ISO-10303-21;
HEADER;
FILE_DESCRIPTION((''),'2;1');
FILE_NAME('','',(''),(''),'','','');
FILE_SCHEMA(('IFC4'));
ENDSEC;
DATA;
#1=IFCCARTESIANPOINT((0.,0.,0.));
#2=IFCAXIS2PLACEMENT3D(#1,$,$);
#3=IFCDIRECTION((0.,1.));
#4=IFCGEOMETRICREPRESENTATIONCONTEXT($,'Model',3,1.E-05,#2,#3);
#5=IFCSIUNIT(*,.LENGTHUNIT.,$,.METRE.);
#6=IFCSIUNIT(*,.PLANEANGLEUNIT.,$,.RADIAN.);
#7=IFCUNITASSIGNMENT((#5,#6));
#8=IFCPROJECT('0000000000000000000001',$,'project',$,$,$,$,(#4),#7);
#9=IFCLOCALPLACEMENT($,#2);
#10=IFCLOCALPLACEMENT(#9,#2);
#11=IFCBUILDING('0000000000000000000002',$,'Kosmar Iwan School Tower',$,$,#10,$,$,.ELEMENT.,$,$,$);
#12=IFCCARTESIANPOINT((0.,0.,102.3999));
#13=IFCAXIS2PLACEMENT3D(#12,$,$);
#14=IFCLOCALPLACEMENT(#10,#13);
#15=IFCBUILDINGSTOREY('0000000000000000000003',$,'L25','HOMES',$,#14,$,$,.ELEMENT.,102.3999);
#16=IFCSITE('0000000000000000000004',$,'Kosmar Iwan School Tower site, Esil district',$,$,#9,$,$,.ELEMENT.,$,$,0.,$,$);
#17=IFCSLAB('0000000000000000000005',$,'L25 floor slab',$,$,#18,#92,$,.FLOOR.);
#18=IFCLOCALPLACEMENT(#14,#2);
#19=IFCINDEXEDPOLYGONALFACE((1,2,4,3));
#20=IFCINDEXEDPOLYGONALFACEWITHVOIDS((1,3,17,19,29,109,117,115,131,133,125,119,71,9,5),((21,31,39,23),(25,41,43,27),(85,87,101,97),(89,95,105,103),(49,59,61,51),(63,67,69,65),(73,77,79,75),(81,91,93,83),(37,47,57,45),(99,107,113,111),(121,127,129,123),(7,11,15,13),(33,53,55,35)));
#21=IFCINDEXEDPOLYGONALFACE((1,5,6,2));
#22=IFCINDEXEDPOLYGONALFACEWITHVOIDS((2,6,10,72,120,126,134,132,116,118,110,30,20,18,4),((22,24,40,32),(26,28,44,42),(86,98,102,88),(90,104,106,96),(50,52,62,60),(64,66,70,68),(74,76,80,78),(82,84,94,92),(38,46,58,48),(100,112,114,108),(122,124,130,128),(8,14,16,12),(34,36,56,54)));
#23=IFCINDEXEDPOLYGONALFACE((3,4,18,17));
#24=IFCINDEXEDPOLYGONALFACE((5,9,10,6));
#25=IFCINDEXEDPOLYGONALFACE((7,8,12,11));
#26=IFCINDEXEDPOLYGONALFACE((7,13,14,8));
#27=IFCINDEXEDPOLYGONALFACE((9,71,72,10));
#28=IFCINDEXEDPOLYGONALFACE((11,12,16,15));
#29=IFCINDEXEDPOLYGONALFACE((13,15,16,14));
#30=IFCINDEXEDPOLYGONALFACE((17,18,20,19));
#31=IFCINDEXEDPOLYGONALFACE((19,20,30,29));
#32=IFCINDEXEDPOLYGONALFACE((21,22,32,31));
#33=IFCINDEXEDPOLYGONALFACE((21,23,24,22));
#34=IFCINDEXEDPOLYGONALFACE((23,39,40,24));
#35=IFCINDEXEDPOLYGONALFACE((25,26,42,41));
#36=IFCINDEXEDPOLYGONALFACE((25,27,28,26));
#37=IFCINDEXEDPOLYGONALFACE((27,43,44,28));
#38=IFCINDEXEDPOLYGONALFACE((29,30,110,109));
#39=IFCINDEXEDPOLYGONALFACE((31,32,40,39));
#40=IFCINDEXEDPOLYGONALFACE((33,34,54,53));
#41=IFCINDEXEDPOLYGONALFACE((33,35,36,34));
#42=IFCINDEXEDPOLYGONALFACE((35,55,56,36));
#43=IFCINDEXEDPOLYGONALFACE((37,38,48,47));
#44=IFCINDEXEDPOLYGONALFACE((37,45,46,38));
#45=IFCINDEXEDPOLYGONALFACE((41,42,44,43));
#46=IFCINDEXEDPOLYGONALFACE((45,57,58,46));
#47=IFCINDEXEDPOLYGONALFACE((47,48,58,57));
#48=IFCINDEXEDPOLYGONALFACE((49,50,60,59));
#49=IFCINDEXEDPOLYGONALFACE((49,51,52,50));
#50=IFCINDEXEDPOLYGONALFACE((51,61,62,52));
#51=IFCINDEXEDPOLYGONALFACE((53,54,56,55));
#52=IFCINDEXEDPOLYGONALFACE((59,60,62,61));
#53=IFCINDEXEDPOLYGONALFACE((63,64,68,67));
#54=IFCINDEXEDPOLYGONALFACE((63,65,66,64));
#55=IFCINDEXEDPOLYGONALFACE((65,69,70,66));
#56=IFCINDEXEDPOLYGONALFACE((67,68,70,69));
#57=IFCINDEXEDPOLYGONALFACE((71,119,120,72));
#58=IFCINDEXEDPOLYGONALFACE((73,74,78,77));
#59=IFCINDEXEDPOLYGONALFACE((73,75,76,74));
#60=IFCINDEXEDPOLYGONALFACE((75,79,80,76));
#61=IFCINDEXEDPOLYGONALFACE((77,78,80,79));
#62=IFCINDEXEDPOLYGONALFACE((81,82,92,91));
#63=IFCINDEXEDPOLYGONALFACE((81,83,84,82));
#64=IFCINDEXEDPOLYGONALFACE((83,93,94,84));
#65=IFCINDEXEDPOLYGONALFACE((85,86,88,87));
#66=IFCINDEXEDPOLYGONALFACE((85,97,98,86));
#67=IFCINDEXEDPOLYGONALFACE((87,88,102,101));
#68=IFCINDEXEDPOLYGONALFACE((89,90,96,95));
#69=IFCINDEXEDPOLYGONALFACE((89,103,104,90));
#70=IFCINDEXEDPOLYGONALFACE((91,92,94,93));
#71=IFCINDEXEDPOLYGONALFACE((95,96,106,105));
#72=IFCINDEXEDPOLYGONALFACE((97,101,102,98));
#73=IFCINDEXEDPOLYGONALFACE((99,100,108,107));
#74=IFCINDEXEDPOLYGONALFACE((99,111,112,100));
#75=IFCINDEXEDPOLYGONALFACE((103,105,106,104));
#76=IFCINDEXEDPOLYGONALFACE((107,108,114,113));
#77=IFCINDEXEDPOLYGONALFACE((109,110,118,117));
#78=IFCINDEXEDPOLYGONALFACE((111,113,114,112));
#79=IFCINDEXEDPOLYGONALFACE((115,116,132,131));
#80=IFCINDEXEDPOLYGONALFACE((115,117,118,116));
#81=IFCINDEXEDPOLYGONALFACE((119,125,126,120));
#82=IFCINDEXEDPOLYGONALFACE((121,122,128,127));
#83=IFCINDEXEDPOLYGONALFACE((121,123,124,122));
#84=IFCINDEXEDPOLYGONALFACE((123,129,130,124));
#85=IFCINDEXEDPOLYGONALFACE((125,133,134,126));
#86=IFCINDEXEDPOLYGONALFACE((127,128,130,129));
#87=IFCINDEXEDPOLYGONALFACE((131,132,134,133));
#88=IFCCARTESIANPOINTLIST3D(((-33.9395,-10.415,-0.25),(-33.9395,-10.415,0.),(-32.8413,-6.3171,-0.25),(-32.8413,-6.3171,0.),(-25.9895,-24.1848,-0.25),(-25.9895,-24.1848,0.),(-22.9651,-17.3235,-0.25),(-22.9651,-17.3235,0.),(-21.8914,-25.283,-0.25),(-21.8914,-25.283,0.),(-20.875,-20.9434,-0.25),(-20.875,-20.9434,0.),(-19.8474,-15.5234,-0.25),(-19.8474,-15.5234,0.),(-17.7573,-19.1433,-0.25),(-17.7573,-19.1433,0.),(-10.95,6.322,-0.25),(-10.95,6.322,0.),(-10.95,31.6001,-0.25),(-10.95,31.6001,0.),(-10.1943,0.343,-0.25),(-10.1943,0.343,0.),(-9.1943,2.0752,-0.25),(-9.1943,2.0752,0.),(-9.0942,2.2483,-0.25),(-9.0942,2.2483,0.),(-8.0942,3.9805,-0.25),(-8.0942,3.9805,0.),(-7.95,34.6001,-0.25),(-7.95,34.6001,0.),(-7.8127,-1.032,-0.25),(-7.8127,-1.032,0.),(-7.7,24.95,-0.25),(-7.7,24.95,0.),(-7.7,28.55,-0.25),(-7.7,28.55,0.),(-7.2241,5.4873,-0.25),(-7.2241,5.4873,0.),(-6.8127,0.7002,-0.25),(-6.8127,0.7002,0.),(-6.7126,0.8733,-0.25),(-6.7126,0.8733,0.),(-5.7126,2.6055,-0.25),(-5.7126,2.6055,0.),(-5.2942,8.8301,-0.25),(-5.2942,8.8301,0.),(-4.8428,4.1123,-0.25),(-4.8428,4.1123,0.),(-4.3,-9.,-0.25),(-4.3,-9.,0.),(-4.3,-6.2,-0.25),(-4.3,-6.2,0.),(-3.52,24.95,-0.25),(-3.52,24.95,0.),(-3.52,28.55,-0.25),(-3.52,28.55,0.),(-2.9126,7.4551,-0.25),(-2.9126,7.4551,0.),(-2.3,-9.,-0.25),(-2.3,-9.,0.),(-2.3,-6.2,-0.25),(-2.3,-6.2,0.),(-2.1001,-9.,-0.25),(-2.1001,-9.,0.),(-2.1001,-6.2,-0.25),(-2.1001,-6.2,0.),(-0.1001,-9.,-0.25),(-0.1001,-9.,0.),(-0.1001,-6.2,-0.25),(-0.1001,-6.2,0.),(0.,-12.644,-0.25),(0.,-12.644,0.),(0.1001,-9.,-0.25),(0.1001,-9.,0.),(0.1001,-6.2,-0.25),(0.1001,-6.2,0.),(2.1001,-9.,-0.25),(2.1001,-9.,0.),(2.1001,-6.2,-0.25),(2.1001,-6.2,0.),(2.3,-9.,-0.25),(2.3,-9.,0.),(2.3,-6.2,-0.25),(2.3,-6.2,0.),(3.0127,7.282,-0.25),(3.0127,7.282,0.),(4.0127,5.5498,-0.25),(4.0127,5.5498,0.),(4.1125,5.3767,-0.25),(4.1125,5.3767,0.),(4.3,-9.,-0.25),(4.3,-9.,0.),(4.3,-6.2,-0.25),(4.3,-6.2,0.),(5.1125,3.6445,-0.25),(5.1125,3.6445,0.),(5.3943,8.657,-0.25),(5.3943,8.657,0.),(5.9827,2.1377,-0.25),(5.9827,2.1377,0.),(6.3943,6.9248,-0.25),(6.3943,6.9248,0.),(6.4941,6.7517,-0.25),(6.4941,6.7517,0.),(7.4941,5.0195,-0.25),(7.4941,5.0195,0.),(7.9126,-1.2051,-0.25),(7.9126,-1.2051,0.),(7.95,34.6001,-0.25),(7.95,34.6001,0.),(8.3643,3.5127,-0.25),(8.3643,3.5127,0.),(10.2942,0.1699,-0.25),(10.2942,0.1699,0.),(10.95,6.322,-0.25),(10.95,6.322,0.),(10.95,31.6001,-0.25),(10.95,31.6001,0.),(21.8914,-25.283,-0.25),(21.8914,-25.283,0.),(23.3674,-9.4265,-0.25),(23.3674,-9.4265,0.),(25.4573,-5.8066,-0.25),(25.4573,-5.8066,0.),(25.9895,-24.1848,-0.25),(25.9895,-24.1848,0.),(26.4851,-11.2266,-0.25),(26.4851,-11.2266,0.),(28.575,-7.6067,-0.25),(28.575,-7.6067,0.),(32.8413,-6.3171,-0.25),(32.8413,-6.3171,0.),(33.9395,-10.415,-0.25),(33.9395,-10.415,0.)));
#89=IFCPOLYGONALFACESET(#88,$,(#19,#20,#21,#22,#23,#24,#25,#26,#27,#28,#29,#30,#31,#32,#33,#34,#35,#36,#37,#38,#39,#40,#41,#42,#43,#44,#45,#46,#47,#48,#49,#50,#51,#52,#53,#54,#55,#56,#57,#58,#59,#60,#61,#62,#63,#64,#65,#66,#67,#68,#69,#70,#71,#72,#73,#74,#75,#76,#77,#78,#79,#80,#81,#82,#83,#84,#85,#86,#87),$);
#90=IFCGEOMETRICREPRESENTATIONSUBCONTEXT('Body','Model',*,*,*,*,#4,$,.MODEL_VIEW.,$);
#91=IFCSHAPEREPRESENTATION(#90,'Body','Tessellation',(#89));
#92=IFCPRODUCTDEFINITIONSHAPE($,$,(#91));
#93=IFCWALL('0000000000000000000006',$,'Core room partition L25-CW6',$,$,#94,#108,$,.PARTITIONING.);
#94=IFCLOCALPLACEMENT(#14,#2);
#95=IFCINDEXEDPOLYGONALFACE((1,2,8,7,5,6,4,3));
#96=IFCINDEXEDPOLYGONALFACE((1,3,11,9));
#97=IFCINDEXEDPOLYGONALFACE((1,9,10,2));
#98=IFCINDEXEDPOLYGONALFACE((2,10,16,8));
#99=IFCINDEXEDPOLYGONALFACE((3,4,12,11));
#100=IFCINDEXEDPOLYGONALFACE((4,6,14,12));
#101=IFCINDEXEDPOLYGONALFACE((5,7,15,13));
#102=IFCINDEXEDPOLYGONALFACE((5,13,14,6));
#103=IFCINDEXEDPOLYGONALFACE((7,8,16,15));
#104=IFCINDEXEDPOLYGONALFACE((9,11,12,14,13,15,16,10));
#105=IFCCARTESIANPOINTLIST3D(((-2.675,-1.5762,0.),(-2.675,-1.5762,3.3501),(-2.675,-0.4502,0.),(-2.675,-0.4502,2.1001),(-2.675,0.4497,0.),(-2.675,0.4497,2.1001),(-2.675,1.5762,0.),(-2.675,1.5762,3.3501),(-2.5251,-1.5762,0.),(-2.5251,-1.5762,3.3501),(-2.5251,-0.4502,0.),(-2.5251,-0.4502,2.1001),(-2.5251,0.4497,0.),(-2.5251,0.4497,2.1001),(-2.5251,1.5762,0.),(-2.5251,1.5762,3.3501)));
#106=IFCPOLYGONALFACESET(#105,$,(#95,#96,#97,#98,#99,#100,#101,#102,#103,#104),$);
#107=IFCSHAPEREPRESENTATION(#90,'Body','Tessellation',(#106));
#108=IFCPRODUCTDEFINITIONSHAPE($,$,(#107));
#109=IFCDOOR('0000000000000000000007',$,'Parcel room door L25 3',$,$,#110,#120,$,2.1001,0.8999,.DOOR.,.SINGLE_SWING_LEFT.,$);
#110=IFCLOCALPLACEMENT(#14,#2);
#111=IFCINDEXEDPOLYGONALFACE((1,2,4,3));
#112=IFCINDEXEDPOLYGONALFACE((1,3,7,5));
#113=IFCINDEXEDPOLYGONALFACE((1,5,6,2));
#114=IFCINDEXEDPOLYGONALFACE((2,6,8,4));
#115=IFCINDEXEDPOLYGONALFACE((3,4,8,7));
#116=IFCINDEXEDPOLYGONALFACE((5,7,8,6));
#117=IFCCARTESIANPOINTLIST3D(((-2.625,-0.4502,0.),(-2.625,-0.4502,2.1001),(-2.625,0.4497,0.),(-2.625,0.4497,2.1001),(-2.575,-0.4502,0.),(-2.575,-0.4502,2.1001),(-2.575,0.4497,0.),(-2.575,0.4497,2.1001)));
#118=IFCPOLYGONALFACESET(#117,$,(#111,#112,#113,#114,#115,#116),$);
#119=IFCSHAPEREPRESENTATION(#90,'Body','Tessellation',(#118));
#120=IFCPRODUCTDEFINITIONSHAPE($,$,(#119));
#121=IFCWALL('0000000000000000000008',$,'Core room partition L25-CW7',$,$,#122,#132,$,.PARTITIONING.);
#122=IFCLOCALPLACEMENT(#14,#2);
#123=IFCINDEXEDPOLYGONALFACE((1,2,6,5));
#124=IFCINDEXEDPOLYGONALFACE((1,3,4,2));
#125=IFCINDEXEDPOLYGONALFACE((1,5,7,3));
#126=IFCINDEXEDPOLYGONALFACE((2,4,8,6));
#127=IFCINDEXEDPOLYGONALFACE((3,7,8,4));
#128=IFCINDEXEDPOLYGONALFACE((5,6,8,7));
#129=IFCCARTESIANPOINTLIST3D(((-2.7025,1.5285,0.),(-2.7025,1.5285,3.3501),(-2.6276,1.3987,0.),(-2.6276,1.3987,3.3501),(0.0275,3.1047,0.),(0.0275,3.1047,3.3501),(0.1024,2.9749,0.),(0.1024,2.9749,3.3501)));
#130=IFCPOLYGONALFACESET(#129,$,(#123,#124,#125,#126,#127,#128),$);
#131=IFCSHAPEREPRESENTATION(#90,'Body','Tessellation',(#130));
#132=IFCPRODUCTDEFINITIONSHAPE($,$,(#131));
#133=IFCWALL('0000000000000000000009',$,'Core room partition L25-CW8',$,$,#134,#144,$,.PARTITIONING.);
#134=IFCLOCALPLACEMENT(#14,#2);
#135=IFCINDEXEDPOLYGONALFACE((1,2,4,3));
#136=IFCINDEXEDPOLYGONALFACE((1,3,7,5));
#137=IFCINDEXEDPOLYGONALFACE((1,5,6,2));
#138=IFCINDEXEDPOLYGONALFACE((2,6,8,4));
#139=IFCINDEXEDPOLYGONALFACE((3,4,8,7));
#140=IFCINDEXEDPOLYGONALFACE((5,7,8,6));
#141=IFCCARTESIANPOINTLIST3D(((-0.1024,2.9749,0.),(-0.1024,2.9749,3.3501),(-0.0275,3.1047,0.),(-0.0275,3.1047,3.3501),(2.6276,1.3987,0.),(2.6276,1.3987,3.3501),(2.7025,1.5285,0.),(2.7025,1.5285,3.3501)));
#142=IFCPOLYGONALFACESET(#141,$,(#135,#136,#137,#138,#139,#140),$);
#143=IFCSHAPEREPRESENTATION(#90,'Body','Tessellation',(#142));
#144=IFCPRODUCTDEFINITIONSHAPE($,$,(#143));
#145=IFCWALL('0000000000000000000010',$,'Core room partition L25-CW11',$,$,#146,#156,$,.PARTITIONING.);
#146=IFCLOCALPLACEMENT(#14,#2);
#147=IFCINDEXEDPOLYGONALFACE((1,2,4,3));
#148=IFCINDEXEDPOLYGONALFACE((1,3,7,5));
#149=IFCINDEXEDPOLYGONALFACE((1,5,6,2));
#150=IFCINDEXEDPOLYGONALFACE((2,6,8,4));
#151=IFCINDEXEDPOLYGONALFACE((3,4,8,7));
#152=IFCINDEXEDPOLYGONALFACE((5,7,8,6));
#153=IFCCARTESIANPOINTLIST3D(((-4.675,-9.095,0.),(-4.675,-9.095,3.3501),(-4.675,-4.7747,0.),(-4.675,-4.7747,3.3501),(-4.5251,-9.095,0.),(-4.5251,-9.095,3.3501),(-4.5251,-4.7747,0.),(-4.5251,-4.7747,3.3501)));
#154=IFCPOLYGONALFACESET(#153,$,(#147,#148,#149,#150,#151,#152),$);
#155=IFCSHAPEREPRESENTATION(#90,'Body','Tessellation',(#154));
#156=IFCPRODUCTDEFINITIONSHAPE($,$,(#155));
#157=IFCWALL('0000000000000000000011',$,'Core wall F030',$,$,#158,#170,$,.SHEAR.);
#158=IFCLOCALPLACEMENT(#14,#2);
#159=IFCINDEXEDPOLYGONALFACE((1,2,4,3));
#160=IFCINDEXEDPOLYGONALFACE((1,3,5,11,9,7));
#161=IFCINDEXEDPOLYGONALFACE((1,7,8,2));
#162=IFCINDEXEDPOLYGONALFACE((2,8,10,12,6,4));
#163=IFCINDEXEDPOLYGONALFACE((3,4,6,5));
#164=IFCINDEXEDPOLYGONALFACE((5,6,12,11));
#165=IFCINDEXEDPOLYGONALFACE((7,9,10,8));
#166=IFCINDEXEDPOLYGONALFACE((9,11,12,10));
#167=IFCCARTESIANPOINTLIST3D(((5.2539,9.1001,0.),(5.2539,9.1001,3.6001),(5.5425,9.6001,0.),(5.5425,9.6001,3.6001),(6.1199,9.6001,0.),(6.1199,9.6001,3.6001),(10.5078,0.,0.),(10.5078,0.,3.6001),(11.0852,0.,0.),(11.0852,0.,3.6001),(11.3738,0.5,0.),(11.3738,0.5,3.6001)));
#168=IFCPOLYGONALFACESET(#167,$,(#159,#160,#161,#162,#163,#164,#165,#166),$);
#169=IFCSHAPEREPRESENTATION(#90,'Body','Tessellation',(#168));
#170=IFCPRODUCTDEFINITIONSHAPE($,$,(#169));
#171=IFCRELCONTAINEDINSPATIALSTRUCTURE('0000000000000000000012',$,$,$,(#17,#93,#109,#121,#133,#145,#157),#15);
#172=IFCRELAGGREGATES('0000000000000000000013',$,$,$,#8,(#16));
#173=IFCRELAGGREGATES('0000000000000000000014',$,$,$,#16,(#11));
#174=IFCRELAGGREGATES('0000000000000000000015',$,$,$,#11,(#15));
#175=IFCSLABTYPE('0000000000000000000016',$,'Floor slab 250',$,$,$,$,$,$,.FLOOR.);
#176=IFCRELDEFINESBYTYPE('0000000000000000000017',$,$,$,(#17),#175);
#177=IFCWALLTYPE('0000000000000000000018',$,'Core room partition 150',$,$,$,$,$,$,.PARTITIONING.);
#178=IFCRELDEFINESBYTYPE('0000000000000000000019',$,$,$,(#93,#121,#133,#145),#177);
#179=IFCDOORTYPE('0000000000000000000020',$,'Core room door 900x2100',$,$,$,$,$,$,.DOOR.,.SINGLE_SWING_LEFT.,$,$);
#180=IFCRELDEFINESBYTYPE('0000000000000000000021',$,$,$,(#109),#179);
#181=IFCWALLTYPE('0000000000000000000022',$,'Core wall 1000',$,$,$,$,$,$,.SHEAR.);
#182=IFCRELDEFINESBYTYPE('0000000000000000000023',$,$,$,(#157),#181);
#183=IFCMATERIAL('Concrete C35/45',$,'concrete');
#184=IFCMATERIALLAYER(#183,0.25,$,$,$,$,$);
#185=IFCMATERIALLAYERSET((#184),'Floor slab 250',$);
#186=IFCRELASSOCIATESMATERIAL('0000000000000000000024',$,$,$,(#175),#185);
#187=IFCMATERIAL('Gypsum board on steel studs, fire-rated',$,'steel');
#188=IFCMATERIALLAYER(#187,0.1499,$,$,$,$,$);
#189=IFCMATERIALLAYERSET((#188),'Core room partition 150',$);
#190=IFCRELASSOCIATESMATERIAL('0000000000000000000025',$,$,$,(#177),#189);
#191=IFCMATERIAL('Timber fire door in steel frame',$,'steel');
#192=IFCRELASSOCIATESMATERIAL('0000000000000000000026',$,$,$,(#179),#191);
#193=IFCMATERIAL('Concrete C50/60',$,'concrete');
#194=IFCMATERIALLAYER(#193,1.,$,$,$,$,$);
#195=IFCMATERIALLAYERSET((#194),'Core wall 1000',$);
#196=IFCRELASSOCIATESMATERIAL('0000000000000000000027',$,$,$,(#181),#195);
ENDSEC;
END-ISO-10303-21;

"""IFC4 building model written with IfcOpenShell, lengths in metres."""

from ifc_helpers import new_model, si_unit, direction, frame, frame_2d, origin, place, context, subcontext, project, spatial, polyline, rectangle, outline, extrude, material, layer, layer_set, type_object, element, fill, save


model = new_model("IFC4")

# Units and contexts
model_context = context("Model", 3, precision=1e-05, world=origin(), true_north=direction((0.0, 1.0)))
body_context = subcontext(model_context, "Body", "Model", "MODEL_VIEW")
ifc_project = project(units=[si_unit("LENGTHUNIT", "METRE"), si_unit("PLANEANGLEUNIT", "RADIAN")], contexts=[model_context])

# Site, building, storey
site_placement = place(None, origin())
site = spatial("IfcSite", under=ifc_project, at=site_placement, Name="Kosmar Iwan School Tower site, Esil district", CompositionType="ELEMENT", RefElevation=0.0)
building_placement = place(site_placement, origin())
building = spatial("IfcBuilding", under=site, at=building_placement, Name="Kosmar Iwan School Tower", CompositionType="ELEMENT")
storey_placement = place(building_placement, frame((0.0, 0.0, 102.3999)))
storey = spatial("IfcBuildingStorey", under=building, at=storey_placement, Name="L25", Description="HOMES", CompositionType="ELEMENT", Elevation=102.3999)

# Slab
ifc_material_1 = material(Name="Concrete C35/45", Category="concrete")
ifc_layer_1 = layer(ifc_material_1, 0.25)
ifc_layer_set_1 = layer_set([ifc_layer_1], Name="Floor slab 250")
slab_type = type_object("IfcSlabType", Name="Floor slab 250", PredefinedType="FLOOR", material=ifc_layer_set_1)
slab_placement = place(storey_placement, frame((0.0, 0.0, -0.25)))
element("IfcSlab", 1, at=slab_placement, inside=storey, type_object=slab_type, Name="L25 floor slab", PredefinedType="FLOOR", context=body_context, shape_type="SweptSolid", body=[
    extrude(outline(polyline([(-21.8914, -25.283), (0.0, -12.644), (21.8914, -25.283), (25.9895, -24.1848), (33.9395, -10.415), (32.8413, -6.3171), (10.95, 6.322), (10.95, 31.6001), (7.95, 34.6001), (-7.95, 34.6001), (-10.95, 31.6001), (-10.95, 6.322), (-32.8413, -6.3171), (-33.9395, -10.415), (-25.9895, -24.1848), (-21.8914, -25.283)]), holes=[polyline([(7.9126, -1.2051), (10.2942, 0.1699), (8.3643, 3.5127), (5.9827, 2.1377), (7.9126, -1.2051)]), polyline([(-2.9126, 7.4551), (-5.2942, 8.8301), (-7.2241, 5.4873), (-4.8428, 4.1123), (-2.9126, 7.4551)]), polyline([(-5.7126, 2.6055), (-8.0942, 3.9805), (-9.0942, 2.2483), (-6.7126, 0.8733), (-5.7126, 2.6055)]), polyline([(-6.8127, 0.7002), (-9.1943, 2.0752), (-10.1943, 0.343), (-7.8127, -1.032), (-6.8127, 0.7002)]), polyline([(5.1125, 3.6445), (7.4941, 5.0195), (6.4941, 6.7517), (4.1125, 5.3767), (5.1125, 3.6445)]), polyline([(4.0127, 5.5498), (6.3943, 6.9248), (5.3943, 8.657), (3.0127, 7.282), (4.0127, 5.5498)]), polyline([(-4.3, -6.2), (-4.3, -9.0), (-2.3, -9.0), (-2.3, -6.2), (-4.3, -6.2)]), polyline([(-2.1001, -6.2), (-2.1001, -9.0), (-0.1001, -9.0), (-0.1001, -6.2), (-2.1001, -6.2)]), polyline([(0.1001, -6.2), (0.1001, -9.0), (2.1001, -9.0), (2.1001, -6.2), (0.1001, -6.2)]), polyline([(2.3, -6.2), (2.3, -9.0), (4.3, -9.0), (4.3, -6.2), (2.3, -6.2)]), polyline([(-3.52, 24.95), (-3.52, 28.55), (-7.7, 28.55), (-7.7, 24.95), (-3.52, 24.95)]), polyline([(-19.8474, -15.5234), (-22.9651, -17.3235), (-20.875, -20.9434), (-17.7573, -19.1433), (-19.8474, -15.5234)]), polyline([(23.3674, -9.4265), (26.4851, -11.2266), (28.575, -7.6067), (25.4573, -5.8066), (23.3674, -9.4265)])]), origin(), (0.0, 0.0, 1.0), 0.25),
])

# Wall, opening, door
ifc_material_2 = material(Name="Gypsum board on steel studs, fire-rated", Category="steel")
ifc_layer_2 = layer(ifc_material_2, 0.1499)
ifc_layer_set_2 = layer_set([ifc_layer_2], Name="Core room partition 150")
wall_type_1 = type_object("IfcWallType", Name="Core room partition 150", PredefinedType="PARTITIONING", material=ifc_layer_set_2)
wall_1_placement = place(storey_placement, frame((-2.6001, -1.5762, 0.0), z_axis=(0.0, 0.0, 1.0), x_axis=(0.0, 1.0, 0.0)))
wall_1 = element("IfcWall", 2, at=wall_1_placement, inside=storey, type_object=wall_type_1, Name="Core room partition L25-CW6", PredefinedType="PARTITIONING", context=body_context, shape_type="SweptSolid", body=[
    extrude(rectangle(XDim=3.1523, YDim=0.1499, at=frame_2d((1.5762, 0.0))), origin(), (0.0, 0.0, 1.0), 3.3501),
])
opening_placement = place(wall_1_placement, frame((1.126, 0.0, 0.0)))
opening = element("IfcOpeningElement", 3, at=opening_placement, cuts=wall_1, PredefinedType="OPENING", context=body_context, shape_type="SweptSolid", body=[
    extrude(rectangle(XDim=0.8999, YDim=2.1001, at=frame_2d((0.45, 1.05))), frame((0.0, 0.0869, 0.0), z_axis=(0.0, -1.0, 0.0), x_axis=(1.0, 0.0, 0.0)), (0.0, 0.0, 1.0), 0.1738),
])
ifc_material_3 = material(Name="Timber fire door in steel frame", Category="steel")
door_type = type_object("IfcDoorType", Name="Core room door 900x2100", OperationType="SINGLE_SWING_LEFT", PredefinedType="DOOR", material=ifc_material_3)
door_placement = place(opening_placement, origin())
door = element("IfcDoor", 4, at=door_placement, inside=storey, type_object=door_type, Name="Parcel room door L25 3", OperationType="SINGLE_SWING_LEFT", OverallHeight=2.1001, OverallWidth=0.8999, PredefinedType="DOOR", context=body_context, shape_type="SweptSolid", body=[
    extrude(rectangle(XDim=0.8999, YDim=2.1001, at=frame_2d((0.45, 1.05))), frame((0.0, 0.0249, 0.0), z_axis=(0.0, -1.0, 0.0), x_axis=(1.0, 0.0, 0.0)), (0.0, 0.0, 1.0), 0.05),
])
fill(opening, door)

# Walls
for number, where, z_axis, x_axis, name in (
    (5, (-2.665, 1.4636, 0.0), (0.0, 0.0, 1.0), (0.866023, 0.500004, 0.0), "Core room partition L25-CW7"),
    (6, (-0.0649, 3.0398, 0.0), (0.0, 0.0, 1.0), (0.866023, -0.500004, 0.0), "Core room partition L25-CW8"),
):
    element("IfcWall", number, at=place(storey_placement, frame(where, z_axis=z_axis, x_axis=x_axis)), inside=storey, type_object=wall_type_1, Name=name, PredefinedType="PARTITIONING", context=body_context, shape_type="SweptSolid", body=[
        extrude(rectangle(XDim=3.1523, YDim=0.1499, at=frame_2d((1.5762, 0.0))), origin(), (0.0, 0.0, 1.0), 3.3501),
    ])
wall_2_placement = place(storey_placement, frame((-4.6001, -4.7747, 0.0), z_axis=(0.0, 0.0, 1.0), x_axis=(0.0, -1.0, 0.0)))
element("IfcWall", 7, at=wall_2_placement, inside=storey, type_object=wall_type_1, Name="Core room partition L25-CW11", PredefinedType="PARTITIONING", context=body_context, shape_type="SweptSolid", body=[
    extrude(rectangle(XDim=4.3203, YDim=0.1499, at=frame_2d((2.1602, 0.0))), origin(), (0.0, 0.0, 1.0), 3.3501),
])
ifc_material_4 = material(Name="Concrete C50/60", Category="concrete")
ifc_layer_3 = layer(ifc_material_4, 1.0)
ifc_layer_set_3 = layer_set([ifc_layer_3], Name="Core wall 1000")
wall_type_2 = type_object("IfcWallType", Name="Core wall 1000", PredefinedType="SHEAR", material=ifc_layer_set_3)
wall_3_placement = place(storey_placement, origin())
element("IfcWall", 8, at=wall_3_placement, inside=storey, type_object=wall_type_2, Name="Core wall F030", PredefinedType="SHEAR", context=body_context, shape_type="SweptSolid", body=[
    extrude(outline(polyline([(10.5078, 0.0), (11.0852, 0.0), (11.3738, 0.5), (6.1199, 9.6001), (5.5425, 9.6001), (5.2539, 9.1001), (10.5078, 0.0)])), origin(), (0.0, 0.0, 1.0), 3.6001),
])

save(model, "model.ifc")
